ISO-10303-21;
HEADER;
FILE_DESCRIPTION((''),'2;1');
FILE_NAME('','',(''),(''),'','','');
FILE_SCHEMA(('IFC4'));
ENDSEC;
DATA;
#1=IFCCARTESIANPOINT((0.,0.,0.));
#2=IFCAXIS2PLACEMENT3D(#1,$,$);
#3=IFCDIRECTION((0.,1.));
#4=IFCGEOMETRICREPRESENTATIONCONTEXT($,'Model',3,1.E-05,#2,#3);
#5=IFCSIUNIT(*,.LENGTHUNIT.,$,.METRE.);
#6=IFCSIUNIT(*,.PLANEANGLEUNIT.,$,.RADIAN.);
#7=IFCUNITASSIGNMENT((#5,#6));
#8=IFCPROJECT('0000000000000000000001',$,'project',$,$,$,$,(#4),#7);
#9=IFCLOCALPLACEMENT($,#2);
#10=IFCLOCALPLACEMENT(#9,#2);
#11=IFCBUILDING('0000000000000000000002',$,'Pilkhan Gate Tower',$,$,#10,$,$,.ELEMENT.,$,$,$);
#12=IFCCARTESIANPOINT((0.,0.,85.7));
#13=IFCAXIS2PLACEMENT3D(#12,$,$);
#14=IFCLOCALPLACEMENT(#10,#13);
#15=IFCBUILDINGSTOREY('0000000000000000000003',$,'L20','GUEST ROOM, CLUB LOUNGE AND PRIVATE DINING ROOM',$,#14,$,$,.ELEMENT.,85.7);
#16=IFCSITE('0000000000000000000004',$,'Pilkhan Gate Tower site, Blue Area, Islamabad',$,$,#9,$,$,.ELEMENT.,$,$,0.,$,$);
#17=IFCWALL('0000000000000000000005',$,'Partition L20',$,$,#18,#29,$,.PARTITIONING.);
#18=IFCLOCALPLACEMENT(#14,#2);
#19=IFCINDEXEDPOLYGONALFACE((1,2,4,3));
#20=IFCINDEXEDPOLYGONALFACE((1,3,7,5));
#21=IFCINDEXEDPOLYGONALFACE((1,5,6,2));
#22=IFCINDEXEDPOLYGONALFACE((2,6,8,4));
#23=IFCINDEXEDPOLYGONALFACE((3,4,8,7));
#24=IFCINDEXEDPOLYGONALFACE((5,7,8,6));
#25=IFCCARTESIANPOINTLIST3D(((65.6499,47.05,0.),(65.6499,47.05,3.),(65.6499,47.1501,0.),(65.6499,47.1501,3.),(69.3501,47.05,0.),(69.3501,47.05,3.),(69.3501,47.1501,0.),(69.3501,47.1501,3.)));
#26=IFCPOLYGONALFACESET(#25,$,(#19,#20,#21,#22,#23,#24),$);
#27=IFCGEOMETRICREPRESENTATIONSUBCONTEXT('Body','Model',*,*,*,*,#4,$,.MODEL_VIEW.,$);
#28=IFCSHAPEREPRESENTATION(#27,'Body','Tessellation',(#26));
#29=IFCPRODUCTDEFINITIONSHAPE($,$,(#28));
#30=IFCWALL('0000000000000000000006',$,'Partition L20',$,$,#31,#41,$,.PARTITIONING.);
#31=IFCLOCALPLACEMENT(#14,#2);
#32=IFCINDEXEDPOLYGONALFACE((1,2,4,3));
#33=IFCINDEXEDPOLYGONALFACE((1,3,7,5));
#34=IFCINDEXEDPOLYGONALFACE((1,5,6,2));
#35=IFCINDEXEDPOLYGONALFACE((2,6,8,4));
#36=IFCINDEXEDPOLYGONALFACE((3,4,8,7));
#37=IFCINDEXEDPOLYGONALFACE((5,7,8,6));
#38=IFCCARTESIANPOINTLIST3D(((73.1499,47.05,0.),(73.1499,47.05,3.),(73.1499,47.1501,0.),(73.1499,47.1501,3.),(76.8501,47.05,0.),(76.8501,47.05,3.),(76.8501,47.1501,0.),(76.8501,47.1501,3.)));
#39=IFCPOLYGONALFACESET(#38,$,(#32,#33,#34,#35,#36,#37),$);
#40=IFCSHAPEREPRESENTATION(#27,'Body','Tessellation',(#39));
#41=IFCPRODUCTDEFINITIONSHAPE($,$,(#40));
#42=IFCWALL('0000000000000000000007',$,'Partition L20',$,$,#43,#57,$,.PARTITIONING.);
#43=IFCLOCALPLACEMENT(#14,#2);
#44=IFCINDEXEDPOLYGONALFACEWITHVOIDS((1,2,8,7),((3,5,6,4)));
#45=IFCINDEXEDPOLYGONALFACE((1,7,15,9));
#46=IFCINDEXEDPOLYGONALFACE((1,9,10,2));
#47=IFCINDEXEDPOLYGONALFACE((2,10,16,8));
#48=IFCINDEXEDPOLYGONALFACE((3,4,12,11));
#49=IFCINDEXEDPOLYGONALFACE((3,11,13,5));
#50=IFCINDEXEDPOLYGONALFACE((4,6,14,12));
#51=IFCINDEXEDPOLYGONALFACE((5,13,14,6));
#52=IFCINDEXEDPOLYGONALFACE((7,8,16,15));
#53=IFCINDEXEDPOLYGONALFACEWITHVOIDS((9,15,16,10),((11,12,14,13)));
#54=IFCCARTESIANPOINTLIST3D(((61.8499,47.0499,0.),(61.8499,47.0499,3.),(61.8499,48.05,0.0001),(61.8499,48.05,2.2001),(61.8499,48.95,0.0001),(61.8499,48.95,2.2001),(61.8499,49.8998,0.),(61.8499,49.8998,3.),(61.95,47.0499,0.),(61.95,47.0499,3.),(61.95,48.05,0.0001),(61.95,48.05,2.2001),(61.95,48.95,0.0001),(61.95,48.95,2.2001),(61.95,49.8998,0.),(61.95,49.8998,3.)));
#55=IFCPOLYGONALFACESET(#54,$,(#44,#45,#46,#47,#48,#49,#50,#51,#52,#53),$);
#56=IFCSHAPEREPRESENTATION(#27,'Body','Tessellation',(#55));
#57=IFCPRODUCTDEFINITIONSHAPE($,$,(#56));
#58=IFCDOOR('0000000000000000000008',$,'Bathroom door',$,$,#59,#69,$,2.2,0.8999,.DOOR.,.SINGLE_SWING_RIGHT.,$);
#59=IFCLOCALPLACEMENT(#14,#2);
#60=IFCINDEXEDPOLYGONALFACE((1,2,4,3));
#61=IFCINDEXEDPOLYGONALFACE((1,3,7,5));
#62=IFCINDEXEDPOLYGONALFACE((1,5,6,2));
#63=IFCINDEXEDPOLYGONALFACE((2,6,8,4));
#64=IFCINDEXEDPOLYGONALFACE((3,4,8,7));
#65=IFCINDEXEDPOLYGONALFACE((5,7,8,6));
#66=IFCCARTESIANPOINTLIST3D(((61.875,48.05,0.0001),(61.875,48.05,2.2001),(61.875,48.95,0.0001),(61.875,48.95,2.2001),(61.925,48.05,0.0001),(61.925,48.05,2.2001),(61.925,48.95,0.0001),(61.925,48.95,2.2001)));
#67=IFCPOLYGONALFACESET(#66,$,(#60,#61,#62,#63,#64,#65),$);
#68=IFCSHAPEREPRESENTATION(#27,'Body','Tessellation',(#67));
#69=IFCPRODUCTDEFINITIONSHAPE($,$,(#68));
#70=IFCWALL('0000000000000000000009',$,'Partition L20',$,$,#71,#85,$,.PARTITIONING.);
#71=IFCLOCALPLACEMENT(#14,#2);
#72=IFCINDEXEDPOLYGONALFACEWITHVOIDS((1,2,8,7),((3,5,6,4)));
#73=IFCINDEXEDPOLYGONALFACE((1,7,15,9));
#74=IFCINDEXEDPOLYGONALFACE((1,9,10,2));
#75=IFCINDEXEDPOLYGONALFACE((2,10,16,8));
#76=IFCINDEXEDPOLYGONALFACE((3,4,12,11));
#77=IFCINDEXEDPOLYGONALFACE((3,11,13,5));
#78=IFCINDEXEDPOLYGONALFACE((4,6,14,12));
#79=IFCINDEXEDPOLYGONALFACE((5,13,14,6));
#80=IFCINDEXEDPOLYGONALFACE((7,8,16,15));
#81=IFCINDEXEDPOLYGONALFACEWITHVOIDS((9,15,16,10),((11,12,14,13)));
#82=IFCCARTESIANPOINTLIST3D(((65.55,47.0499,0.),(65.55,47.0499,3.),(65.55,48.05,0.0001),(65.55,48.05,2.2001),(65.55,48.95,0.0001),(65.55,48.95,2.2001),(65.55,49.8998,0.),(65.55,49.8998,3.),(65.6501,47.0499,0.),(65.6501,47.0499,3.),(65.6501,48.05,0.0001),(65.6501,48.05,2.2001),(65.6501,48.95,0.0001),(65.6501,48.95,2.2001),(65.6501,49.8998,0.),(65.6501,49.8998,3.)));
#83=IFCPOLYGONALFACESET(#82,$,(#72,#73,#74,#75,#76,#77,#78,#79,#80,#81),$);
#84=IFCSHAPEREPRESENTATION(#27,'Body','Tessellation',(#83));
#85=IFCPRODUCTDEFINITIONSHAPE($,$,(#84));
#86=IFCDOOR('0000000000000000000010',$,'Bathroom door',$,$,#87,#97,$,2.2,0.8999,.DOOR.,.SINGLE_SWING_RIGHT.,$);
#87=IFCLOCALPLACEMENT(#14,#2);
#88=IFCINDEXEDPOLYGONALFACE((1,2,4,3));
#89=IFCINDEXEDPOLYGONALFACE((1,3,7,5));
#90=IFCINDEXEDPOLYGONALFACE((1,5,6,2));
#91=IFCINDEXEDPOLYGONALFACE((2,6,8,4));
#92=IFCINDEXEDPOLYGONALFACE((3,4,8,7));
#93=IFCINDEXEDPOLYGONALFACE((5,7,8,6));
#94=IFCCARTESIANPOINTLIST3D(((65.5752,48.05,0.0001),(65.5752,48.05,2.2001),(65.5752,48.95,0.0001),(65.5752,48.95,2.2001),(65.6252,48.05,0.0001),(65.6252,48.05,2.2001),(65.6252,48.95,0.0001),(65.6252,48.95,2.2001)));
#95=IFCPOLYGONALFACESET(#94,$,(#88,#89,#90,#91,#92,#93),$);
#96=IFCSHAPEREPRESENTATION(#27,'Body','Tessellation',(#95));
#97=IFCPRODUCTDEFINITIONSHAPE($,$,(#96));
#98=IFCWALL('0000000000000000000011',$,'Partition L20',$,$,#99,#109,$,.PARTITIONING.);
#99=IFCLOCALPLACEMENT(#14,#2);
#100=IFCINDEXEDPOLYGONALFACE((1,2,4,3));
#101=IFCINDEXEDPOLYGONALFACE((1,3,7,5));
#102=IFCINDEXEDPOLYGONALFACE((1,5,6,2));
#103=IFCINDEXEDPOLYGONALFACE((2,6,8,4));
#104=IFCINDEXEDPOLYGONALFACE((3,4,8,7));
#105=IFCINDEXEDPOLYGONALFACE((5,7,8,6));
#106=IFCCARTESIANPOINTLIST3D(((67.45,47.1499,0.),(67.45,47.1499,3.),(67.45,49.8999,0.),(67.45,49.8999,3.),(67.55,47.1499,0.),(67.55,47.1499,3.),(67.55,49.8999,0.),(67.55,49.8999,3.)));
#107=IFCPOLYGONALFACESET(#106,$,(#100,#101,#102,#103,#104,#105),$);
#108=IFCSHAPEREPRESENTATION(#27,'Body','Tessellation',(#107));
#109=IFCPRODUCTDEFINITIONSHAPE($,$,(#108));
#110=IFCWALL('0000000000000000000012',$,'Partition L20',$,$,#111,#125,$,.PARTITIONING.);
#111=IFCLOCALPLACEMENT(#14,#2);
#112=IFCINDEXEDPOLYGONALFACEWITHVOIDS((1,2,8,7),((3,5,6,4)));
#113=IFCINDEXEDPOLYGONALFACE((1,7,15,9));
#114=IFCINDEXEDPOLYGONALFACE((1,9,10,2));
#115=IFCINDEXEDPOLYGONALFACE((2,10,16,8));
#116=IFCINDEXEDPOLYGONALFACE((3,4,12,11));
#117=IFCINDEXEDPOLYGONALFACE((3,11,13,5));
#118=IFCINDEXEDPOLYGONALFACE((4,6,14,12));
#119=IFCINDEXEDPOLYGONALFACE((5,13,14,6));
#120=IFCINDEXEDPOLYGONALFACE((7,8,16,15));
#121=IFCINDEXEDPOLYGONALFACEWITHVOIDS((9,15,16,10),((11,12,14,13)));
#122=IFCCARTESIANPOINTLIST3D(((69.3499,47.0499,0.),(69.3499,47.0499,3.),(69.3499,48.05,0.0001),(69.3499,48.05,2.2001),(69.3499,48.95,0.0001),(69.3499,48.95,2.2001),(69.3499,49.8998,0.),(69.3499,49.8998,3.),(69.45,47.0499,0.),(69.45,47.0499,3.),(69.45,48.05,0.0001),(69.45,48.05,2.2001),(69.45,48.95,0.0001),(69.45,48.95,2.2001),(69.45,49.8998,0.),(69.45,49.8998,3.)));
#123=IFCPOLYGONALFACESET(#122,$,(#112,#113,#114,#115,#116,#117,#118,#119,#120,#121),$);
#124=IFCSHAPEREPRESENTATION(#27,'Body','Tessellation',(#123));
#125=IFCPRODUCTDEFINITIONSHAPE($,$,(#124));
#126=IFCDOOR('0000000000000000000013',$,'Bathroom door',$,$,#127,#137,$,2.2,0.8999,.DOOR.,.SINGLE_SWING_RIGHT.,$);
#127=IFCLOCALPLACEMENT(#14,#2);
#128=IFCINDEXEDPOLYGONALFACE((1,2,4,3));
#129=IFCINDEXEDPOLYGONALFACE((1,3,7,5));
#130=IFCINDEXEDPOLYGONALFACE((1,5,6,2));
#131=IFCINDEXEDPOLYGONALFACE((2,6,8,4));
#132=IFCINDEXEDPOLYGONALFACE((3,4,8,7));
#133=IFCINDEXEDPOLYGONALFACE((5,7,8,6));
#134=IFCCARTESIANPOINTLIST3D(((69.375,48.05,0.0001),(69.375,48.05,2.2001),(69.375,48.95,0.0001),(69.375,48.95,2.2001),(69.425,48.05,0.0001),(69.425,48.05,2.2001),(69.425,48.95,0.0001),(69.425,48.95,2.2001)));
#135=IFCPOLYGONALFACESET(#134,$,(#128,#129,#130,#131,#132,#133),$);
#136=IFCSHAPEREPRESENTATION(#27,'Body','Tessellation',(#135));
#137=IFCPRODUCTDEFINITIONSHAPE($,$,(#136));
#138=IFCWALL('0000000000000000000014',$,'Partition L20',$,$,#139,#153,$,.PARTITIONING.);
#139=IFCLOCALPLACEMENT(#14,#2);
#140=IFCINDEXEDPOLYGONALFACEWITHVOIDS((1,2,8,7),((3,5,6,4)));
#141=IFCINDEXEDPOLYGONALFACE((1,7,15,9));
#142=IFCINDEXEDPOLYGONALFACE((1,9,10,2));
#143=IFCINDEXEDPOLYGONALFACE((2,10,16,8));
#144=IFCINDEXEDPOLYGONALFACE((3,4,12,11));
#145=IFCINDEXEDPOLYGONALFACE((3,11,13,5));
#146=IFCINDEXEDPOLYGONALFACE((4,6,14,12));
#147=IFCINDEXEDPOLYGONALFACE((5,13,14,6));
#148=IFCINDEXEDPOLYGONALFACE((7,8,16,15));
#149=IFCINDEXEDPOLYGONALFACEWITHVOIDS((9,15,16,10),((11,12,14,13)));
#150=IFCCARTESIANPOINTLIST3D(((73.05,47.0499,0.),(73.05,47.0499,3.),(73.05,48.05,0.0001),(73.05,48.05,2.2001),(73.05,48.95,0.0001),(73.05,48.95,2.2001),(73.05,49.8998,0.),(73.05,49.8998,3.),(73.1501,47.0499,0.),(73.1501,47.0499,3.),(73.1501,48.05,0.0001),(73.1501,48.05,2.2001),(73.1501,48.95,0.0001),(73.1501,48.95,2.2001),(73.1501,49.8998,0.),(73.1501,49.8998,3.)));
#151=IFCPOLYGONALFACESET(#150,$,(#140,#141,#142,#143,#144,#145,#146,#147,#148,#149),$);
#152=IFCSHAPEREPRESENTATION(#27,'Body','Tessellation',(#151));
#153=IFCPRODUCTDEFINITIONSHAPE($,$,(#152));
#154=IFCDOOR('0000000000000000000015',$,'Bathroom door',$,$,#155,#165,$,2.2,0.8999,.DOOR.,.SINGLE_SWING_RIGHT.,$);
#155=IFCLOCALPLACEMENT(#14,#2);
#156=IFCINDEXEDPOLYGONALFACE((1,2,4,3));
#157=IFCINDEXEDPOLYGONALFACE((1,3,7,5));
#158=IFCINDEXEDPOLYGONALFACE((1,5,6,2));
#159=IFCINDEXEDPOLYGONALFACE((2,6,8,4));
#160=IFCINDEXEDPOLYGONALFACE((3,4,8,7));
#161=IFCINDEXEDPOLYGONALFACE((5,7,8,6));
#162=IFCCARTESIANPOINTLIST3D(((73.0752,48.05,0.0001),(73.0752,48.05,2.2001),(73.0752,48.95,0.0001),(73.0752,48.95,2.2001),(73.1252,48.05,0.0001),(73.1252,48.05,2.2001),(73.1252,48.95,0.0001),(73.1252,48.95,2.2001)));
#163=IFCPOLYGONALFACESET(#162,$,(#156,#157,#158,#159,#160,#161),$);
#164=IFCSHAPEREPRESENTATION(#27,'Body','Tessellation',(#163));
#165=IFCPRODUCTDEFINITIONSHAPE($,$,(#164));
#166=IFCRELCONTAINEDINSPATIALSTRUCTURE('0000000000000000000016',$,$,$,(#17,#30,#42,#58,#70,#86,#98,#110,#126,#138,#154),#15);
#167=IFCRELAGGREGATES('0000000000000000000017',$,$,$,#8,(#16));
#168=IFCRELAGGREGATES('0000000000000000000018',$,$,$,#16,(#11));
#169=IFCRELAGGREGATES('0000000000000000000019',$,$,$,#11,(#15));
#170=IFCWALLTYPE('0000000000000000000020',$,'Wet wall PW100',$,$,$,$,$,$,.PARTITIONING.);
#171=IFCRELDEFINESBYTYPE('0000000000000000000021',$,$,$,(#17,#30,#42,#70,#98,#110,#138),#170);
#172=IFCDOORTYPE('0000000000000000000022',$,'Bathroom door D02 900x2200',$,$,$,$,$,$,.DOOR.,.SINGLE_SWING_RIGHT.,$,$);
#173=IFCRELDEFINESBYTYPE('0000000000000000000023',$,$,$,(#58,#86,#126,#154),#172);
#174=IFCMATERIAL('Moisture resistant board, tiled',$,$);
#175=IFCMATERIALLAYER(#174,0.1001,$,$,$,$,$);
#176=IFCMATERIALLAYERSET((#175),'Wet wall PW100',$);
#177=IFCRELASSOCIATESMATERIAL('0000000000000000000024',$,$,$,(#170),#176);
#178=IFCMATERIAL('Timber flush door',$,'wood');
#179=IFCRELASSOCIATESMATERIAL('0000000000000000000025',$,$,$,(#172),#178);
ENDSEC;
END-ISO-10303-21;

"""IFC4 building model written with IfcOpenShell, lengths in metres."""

from ifc_helpers import new_model, si_unit, direction, frame, frame_2d, origin, place, context, subcontext, project, spatial, rectangle, extrude, material, layer, layer_set, type_object, element, fill, save


model = new_model("IFC4")

# Units and contexts
model_context = context("Model", 3, precision=1e-05, world=origin(), true_north=direction((0.0, 1.0)))
body_context = subcontext(model_context, "Body", "Model", "MODEL_VIEW")
ifc_project = project(units=[si_unit("LENGTHUNIT", "METRE"), si_unit("PLANEANGLEUNIT", "RADIAN")], contexts=[model_context])

# Site, building, storey
site_placement = place(None, origin())
site = spatial("IfcSite", under=ifc_project, at=site_placement, Name="Pilkhan Gate Tower site, Blue Area, Islamabad", CompositionType="ELEMENT", RefElevation=0.0)
building_placement = place(site_placement, origin())
building = spatial("IfcBuilding", under=site, at=building_placement, Name="Pilkhan Gate Tower", CompositionType="ELEMENT")
storey_placement = place(building_placement, frame((0.0, 0.0, 85.7)))
storey = spatial("IfcBuildingStorey", under=building, at=storey_placement, Name="L20", Description="GUEST ROOM, CLUB LOUNGE AND PRIVATE DINING ROOM", CompositionType="ELEMENT", Elevation=85.7)

# Walls
ifc_material_1 = material(Name="Moisture resistant board, tiled")
ifc_layer_1 = layer(ifc_material_1, 0.1001)
ifc_layer_set_1 = layer_set([ifc_layer_1], Name="Wet wall PW100")
wall_type_1 = type_object("IfcWallType", Name="Wet wall PW100", PredefinedType="PARTITIONING", material=ifc_layer_set_1)
for number, where, z_axis, x_axis, name in (
    (1, (65.6499, 47.1001, 0.0), (0.0, 0.0, 1.0), (1.0, 0.0, 0.0), "Partition L20"),
    (2, (73.1499, 47.1001, 0.0), (0.0, 0.0, 1.0), (1.0, 0.0, 0.0), "Partition L20"),
):
    element("IfcWall", number, at=place(storey_placement, frame(where, z_axis=z_axis, x_axis=x_axis)), inside=storey, type_object=wall_type_1, Name=name, PredefinedType="PARTITIONING", context=body_context, shape_type="SweptSolid", body=[
        extrude(rectangle(XDim=3.7002, YDim=0.1001, at=frame_2d((1.8501, 0.0))), origin(), (0.0, 0.0, 1.0), 3.0),
    ])

# Walls, openings, doors
wall_1_placement = place(storey_placement, frame((61.8999, 47.05, 0.0), z_axis=(0.0, 0.0, 1.0), x_axis=(0.0, 1.0, 0.0)))
wall_1 = element("IfcWall", 3, at=wall_1_placement, inside=storey, type_object=wall_type_1, Name="Partition L20", PredefinedType="PARTITIONING", context=body_context, shape_type="SweptSolid", body=[
    extrude(rectangle(XDim=2.8499, YDim=0.1001, at=frame_2d((1.4248, 0.0))), origin(), (0.0, 0.0, 1.0), 3.0),
])
opening_1_placement = place(wall_1_placement, frame((1.0, 0.0, 0.0)))
opening_1 = element("IfcOpeningElement", 4, at=opening_1_placement, cuts=wall_1, PredefinedType="OPENING", context=body_context, shape_type="SweptSolid", body=[
    extrude(rectangle(XDim=0.8999, YDim=2.2, at=frame_2d((0.45, 1.1001))), frame((0.0, 0.0601, 0.0), z_axis=(0.0, -1.0, 0.0), x_axis=(1.0, 0.0, 0.0)), (0.0, 0.0, 1.0), 0.1201),
])
ifc_material_2 = material(Name="Timber flush door", Category="wood")
door_type_1 = type_object("IfcDoorType", Name="Bathroom door D02 900x2200", OperationType="SINGLE_SWING_RIGHT", PredefinedType="DOOR", material=ifc_material_2)
door_1_placement = place(opening_1_placement, origin())
door_1 = element("IfcDoor", 5, at=door_1_placement, inside=storey, type_object=door_type_1, Name="Bathroom door", OperationType="SINGLE_SWING_RIGHT", OverallHeight=2.2, OverallWidth=0.8999, PredefinedType="DOOR", context=body_context, shape_type="SweptSolid", body=[
    extrude(rectangle(XDim=0.8999, YDim=2.2, at=frame_2d((0.45, 1.1001))), frame((0.0, 0.0249, 0.0), z_axis=(0.0, -1.0, 0.0), x_axis=(1.0, 0.0, 0.0)), (0.0, 0.0, 1.0), 0.05),
])
fill(opening_1, door_1)
wall_2_placement = place(storey_placement, frame((65.6001, 47.05, 0.0), z_axis=(0.0, 0.0, 1.0), x_axis=(0.0, 1.0, 0.0)))
wall_2 = element("IfcWall", 6, at=wall_2_placement, inside=storey, type_object=wall_type_1, Name="Partition L20", PredefinedType="PARTITIONING", context=body_context, shape_type="SweptSolid", body=[
    extrude(rectangle(XDim=2.8499, YDim=0.1001, at=frame_2d((1.4248, 0.0))), origin(), (0.0, 0.0, 1.0), 3.0),
])
opening_2_placement = place(wall_2_placement, frame((1.0, 0.0, 0.0)))
opening_2 = element("IfcOpeningElement", 7, at=opening_2_placement, cuts=wall_2, PredefinedType="OPENING", context=body_context, shape_type="SweptSolid", body=[
    extrude(rectangle(XDim=0.8999, YDim=2.2, at=frame_2d((0.45, 1.1001))), frame((0.0, 0.0601, 0.0), z_axis=(0.0, -1.0, 0.0), x_axis=(1.0, 0.0, 0.0)), (0.0, 0.0, 1.0), 0.1201),
])
door_2_placement = place(opening_2_placement, origin())
door_2 = element("IfcDoor", 8, at=door_2_placement, inside=storey, type_object=door_type_1, Name="Bathroom door", OperationType="SINGLE_SWING_RIGHT", OverallHeight=2.2, OverallWidth=0.8999, PredefinedType="DOOR", context=body_context, shape_type="SweptSolid", body=[
    extrude(rectangle(XDim=0.8999, YDim=2.2, at=frame_2d((0.45, 1.1001))), frame((0.0, 0.0249, 0.0), z_axis=(0.0, -1.0, 0.0), x_axis=(1.0, 0.0, 0.0)), (0.0, 0.0, 1.0), 0.05),
])
fill(opening_2, door_2)

# Wall
wall_3_placement = place(storey_placement, frame((67.5, 47.1499, 0.0), z_axis=(0.0, 0.0, 1.0), x_axis=(0.0, 1.0, 0.0)))
element("IfcWall", 9, at=wall_3_placement, inside=storey, type_object=wall_type_1, Name="Partition L20", PredefinedType="PARTITIONING", context=body_context, shape_type="SweptSolid", body=[
    extrude(rectangle(XDim=2.75, YDim=0.1001, at=frame_2d((1.375, 0.0))), origin(), (0.0, 0.0, 1.0), 3.0),
])

# Walls, openings, doors
wall_4_placement = place(storey_placement, frame((69.3999, 47.05, 0.0), z_axis=(0.0, 0.0, 1.0), x_axis=(0.0, 1.0, 0.0)))
wall_4 = element("IfcWall", 10, at=wall_4_placement, inside=storey, type_object=wall_type_1, Name="Partition L20", PredefinedType="PARTITIONING", context=body_context, shape_type="SweptSolid", body=[
    extrude(rectangle(XDim=2.8499, YDim=0.1001, at=frame_2d((1.4248, 0.0))), origin(), (0.0, 0.0, 1.0), 3.0),
])
opening_3_placement = place(wall_4_placement, frame((1.0, 0.0, 0.0)))
opening_3 = element("IfcOpeningElement", 11, at=opening_3_placement, cuts=wall_4, PredefinedType="OPENING", context=body_context, shape_type="SweptSolid", body=[
    extrude(rectangle(XDim=0.8999, YDim=2.2, at=frame_2d((0.45, 1.1001))), frame((0.0, 0.0601, 0.0), z_axis=(0.0, -1.0, 0.0), x_axis=(1.0, 0.0, 0.0)), (0.0, 0.0, 1.0), 0.1201),
])
door_3_placement = place(opening_3_placement, origin())
door_3 = element("IfcDoor", 12, at=door_3_placement, inside=storey, type_object=door_type_1, Name="Bathroom door", OperationType="SINGLE_SWING_RIGHT", OverallHeight=2.2, OverallWidth=0.8999, PredefinedType="DOOR", context=body_context, shape_type="SweptSolid", body=[
    extrude(rectangle(XDim=0.8999, YDim=2.2, at=frame_2d((0.45, 1.1001))), frame((0.0, 0.0249, 0.0), z_axis=(0.0, -1.0, 0.0), x_axis=(1.0, 0.0, 0.0)), (0.0, 0.0, 1.0), 0.05),
])
fill(opening_3, door_3)
wall_5_placement = place(storey_placement, frame((73.1001, 47.05, 0.0), z_axis=(0.0, 0.0, 1.0), x_axis=(0.0, 1.0, 0.0)))
wall_5 = element("IfcWall", 13, at=wall_5_placement, inside=storey, type_object=wall_type_1, Name="Partition L20", PredefinedType="PARTITIONING", context=body_context, shape_type="SweptSolid", body=[
    extrude(rectangle(XDim=2.8499, YDim=0.1001, at=frame_2d((1.4248, 0.0))), origin(), (0.0, 0.0, 1.0), 3.0),
])
opening_4_placement = place(wall_5_placement, frame((1.0, 0.0, 0.0)))
opening_4 = element("IfcOpeningElement", 14, at=opening_4_placement, cuts=wall_5, PredefinedType="OPENING", context=body_context, shape_type="SweptSolid", body=[
    extrude(rectangle(XDim=0.8999, YDim=2.2, at=frame_2d((0.45, 1.1001))), frame((0.0, 0.0601, 0.0), z_axis=(0.0, -1.0, 0.0), x_axis=(1.0, 0.0, 0.0)), (0.0, 0.0, 1.0), 0.1201),
])
door_4_placement = place(opening_4_placement, origin())
door_4 = element("IfcDoor", 15, at=door_4_placement, inside=storey, type_object=door_type_1, Name="Bathroom door", OperationType="SINGLE_SWING_RIGHT", OverallHeight=2.2, OverallWidth=0.8999, PredefinedType="DOOR", context=body_context, shape_type="SweptSolid", body=[
    extrude(rectangle(XDim=0.8999, YDim=2.2, at=frame_2d((0.45, 1.1001))), frame((0.0, 0.0249, 0.0), z_axis=(0.0, -1.0, 0.0), x_axis=(1.0, 0.0, 0.0)), (0.0, 0.0, 1.0), 0.05),
])
fill(opening_4, door_4)

save(model, "model.ifc")
